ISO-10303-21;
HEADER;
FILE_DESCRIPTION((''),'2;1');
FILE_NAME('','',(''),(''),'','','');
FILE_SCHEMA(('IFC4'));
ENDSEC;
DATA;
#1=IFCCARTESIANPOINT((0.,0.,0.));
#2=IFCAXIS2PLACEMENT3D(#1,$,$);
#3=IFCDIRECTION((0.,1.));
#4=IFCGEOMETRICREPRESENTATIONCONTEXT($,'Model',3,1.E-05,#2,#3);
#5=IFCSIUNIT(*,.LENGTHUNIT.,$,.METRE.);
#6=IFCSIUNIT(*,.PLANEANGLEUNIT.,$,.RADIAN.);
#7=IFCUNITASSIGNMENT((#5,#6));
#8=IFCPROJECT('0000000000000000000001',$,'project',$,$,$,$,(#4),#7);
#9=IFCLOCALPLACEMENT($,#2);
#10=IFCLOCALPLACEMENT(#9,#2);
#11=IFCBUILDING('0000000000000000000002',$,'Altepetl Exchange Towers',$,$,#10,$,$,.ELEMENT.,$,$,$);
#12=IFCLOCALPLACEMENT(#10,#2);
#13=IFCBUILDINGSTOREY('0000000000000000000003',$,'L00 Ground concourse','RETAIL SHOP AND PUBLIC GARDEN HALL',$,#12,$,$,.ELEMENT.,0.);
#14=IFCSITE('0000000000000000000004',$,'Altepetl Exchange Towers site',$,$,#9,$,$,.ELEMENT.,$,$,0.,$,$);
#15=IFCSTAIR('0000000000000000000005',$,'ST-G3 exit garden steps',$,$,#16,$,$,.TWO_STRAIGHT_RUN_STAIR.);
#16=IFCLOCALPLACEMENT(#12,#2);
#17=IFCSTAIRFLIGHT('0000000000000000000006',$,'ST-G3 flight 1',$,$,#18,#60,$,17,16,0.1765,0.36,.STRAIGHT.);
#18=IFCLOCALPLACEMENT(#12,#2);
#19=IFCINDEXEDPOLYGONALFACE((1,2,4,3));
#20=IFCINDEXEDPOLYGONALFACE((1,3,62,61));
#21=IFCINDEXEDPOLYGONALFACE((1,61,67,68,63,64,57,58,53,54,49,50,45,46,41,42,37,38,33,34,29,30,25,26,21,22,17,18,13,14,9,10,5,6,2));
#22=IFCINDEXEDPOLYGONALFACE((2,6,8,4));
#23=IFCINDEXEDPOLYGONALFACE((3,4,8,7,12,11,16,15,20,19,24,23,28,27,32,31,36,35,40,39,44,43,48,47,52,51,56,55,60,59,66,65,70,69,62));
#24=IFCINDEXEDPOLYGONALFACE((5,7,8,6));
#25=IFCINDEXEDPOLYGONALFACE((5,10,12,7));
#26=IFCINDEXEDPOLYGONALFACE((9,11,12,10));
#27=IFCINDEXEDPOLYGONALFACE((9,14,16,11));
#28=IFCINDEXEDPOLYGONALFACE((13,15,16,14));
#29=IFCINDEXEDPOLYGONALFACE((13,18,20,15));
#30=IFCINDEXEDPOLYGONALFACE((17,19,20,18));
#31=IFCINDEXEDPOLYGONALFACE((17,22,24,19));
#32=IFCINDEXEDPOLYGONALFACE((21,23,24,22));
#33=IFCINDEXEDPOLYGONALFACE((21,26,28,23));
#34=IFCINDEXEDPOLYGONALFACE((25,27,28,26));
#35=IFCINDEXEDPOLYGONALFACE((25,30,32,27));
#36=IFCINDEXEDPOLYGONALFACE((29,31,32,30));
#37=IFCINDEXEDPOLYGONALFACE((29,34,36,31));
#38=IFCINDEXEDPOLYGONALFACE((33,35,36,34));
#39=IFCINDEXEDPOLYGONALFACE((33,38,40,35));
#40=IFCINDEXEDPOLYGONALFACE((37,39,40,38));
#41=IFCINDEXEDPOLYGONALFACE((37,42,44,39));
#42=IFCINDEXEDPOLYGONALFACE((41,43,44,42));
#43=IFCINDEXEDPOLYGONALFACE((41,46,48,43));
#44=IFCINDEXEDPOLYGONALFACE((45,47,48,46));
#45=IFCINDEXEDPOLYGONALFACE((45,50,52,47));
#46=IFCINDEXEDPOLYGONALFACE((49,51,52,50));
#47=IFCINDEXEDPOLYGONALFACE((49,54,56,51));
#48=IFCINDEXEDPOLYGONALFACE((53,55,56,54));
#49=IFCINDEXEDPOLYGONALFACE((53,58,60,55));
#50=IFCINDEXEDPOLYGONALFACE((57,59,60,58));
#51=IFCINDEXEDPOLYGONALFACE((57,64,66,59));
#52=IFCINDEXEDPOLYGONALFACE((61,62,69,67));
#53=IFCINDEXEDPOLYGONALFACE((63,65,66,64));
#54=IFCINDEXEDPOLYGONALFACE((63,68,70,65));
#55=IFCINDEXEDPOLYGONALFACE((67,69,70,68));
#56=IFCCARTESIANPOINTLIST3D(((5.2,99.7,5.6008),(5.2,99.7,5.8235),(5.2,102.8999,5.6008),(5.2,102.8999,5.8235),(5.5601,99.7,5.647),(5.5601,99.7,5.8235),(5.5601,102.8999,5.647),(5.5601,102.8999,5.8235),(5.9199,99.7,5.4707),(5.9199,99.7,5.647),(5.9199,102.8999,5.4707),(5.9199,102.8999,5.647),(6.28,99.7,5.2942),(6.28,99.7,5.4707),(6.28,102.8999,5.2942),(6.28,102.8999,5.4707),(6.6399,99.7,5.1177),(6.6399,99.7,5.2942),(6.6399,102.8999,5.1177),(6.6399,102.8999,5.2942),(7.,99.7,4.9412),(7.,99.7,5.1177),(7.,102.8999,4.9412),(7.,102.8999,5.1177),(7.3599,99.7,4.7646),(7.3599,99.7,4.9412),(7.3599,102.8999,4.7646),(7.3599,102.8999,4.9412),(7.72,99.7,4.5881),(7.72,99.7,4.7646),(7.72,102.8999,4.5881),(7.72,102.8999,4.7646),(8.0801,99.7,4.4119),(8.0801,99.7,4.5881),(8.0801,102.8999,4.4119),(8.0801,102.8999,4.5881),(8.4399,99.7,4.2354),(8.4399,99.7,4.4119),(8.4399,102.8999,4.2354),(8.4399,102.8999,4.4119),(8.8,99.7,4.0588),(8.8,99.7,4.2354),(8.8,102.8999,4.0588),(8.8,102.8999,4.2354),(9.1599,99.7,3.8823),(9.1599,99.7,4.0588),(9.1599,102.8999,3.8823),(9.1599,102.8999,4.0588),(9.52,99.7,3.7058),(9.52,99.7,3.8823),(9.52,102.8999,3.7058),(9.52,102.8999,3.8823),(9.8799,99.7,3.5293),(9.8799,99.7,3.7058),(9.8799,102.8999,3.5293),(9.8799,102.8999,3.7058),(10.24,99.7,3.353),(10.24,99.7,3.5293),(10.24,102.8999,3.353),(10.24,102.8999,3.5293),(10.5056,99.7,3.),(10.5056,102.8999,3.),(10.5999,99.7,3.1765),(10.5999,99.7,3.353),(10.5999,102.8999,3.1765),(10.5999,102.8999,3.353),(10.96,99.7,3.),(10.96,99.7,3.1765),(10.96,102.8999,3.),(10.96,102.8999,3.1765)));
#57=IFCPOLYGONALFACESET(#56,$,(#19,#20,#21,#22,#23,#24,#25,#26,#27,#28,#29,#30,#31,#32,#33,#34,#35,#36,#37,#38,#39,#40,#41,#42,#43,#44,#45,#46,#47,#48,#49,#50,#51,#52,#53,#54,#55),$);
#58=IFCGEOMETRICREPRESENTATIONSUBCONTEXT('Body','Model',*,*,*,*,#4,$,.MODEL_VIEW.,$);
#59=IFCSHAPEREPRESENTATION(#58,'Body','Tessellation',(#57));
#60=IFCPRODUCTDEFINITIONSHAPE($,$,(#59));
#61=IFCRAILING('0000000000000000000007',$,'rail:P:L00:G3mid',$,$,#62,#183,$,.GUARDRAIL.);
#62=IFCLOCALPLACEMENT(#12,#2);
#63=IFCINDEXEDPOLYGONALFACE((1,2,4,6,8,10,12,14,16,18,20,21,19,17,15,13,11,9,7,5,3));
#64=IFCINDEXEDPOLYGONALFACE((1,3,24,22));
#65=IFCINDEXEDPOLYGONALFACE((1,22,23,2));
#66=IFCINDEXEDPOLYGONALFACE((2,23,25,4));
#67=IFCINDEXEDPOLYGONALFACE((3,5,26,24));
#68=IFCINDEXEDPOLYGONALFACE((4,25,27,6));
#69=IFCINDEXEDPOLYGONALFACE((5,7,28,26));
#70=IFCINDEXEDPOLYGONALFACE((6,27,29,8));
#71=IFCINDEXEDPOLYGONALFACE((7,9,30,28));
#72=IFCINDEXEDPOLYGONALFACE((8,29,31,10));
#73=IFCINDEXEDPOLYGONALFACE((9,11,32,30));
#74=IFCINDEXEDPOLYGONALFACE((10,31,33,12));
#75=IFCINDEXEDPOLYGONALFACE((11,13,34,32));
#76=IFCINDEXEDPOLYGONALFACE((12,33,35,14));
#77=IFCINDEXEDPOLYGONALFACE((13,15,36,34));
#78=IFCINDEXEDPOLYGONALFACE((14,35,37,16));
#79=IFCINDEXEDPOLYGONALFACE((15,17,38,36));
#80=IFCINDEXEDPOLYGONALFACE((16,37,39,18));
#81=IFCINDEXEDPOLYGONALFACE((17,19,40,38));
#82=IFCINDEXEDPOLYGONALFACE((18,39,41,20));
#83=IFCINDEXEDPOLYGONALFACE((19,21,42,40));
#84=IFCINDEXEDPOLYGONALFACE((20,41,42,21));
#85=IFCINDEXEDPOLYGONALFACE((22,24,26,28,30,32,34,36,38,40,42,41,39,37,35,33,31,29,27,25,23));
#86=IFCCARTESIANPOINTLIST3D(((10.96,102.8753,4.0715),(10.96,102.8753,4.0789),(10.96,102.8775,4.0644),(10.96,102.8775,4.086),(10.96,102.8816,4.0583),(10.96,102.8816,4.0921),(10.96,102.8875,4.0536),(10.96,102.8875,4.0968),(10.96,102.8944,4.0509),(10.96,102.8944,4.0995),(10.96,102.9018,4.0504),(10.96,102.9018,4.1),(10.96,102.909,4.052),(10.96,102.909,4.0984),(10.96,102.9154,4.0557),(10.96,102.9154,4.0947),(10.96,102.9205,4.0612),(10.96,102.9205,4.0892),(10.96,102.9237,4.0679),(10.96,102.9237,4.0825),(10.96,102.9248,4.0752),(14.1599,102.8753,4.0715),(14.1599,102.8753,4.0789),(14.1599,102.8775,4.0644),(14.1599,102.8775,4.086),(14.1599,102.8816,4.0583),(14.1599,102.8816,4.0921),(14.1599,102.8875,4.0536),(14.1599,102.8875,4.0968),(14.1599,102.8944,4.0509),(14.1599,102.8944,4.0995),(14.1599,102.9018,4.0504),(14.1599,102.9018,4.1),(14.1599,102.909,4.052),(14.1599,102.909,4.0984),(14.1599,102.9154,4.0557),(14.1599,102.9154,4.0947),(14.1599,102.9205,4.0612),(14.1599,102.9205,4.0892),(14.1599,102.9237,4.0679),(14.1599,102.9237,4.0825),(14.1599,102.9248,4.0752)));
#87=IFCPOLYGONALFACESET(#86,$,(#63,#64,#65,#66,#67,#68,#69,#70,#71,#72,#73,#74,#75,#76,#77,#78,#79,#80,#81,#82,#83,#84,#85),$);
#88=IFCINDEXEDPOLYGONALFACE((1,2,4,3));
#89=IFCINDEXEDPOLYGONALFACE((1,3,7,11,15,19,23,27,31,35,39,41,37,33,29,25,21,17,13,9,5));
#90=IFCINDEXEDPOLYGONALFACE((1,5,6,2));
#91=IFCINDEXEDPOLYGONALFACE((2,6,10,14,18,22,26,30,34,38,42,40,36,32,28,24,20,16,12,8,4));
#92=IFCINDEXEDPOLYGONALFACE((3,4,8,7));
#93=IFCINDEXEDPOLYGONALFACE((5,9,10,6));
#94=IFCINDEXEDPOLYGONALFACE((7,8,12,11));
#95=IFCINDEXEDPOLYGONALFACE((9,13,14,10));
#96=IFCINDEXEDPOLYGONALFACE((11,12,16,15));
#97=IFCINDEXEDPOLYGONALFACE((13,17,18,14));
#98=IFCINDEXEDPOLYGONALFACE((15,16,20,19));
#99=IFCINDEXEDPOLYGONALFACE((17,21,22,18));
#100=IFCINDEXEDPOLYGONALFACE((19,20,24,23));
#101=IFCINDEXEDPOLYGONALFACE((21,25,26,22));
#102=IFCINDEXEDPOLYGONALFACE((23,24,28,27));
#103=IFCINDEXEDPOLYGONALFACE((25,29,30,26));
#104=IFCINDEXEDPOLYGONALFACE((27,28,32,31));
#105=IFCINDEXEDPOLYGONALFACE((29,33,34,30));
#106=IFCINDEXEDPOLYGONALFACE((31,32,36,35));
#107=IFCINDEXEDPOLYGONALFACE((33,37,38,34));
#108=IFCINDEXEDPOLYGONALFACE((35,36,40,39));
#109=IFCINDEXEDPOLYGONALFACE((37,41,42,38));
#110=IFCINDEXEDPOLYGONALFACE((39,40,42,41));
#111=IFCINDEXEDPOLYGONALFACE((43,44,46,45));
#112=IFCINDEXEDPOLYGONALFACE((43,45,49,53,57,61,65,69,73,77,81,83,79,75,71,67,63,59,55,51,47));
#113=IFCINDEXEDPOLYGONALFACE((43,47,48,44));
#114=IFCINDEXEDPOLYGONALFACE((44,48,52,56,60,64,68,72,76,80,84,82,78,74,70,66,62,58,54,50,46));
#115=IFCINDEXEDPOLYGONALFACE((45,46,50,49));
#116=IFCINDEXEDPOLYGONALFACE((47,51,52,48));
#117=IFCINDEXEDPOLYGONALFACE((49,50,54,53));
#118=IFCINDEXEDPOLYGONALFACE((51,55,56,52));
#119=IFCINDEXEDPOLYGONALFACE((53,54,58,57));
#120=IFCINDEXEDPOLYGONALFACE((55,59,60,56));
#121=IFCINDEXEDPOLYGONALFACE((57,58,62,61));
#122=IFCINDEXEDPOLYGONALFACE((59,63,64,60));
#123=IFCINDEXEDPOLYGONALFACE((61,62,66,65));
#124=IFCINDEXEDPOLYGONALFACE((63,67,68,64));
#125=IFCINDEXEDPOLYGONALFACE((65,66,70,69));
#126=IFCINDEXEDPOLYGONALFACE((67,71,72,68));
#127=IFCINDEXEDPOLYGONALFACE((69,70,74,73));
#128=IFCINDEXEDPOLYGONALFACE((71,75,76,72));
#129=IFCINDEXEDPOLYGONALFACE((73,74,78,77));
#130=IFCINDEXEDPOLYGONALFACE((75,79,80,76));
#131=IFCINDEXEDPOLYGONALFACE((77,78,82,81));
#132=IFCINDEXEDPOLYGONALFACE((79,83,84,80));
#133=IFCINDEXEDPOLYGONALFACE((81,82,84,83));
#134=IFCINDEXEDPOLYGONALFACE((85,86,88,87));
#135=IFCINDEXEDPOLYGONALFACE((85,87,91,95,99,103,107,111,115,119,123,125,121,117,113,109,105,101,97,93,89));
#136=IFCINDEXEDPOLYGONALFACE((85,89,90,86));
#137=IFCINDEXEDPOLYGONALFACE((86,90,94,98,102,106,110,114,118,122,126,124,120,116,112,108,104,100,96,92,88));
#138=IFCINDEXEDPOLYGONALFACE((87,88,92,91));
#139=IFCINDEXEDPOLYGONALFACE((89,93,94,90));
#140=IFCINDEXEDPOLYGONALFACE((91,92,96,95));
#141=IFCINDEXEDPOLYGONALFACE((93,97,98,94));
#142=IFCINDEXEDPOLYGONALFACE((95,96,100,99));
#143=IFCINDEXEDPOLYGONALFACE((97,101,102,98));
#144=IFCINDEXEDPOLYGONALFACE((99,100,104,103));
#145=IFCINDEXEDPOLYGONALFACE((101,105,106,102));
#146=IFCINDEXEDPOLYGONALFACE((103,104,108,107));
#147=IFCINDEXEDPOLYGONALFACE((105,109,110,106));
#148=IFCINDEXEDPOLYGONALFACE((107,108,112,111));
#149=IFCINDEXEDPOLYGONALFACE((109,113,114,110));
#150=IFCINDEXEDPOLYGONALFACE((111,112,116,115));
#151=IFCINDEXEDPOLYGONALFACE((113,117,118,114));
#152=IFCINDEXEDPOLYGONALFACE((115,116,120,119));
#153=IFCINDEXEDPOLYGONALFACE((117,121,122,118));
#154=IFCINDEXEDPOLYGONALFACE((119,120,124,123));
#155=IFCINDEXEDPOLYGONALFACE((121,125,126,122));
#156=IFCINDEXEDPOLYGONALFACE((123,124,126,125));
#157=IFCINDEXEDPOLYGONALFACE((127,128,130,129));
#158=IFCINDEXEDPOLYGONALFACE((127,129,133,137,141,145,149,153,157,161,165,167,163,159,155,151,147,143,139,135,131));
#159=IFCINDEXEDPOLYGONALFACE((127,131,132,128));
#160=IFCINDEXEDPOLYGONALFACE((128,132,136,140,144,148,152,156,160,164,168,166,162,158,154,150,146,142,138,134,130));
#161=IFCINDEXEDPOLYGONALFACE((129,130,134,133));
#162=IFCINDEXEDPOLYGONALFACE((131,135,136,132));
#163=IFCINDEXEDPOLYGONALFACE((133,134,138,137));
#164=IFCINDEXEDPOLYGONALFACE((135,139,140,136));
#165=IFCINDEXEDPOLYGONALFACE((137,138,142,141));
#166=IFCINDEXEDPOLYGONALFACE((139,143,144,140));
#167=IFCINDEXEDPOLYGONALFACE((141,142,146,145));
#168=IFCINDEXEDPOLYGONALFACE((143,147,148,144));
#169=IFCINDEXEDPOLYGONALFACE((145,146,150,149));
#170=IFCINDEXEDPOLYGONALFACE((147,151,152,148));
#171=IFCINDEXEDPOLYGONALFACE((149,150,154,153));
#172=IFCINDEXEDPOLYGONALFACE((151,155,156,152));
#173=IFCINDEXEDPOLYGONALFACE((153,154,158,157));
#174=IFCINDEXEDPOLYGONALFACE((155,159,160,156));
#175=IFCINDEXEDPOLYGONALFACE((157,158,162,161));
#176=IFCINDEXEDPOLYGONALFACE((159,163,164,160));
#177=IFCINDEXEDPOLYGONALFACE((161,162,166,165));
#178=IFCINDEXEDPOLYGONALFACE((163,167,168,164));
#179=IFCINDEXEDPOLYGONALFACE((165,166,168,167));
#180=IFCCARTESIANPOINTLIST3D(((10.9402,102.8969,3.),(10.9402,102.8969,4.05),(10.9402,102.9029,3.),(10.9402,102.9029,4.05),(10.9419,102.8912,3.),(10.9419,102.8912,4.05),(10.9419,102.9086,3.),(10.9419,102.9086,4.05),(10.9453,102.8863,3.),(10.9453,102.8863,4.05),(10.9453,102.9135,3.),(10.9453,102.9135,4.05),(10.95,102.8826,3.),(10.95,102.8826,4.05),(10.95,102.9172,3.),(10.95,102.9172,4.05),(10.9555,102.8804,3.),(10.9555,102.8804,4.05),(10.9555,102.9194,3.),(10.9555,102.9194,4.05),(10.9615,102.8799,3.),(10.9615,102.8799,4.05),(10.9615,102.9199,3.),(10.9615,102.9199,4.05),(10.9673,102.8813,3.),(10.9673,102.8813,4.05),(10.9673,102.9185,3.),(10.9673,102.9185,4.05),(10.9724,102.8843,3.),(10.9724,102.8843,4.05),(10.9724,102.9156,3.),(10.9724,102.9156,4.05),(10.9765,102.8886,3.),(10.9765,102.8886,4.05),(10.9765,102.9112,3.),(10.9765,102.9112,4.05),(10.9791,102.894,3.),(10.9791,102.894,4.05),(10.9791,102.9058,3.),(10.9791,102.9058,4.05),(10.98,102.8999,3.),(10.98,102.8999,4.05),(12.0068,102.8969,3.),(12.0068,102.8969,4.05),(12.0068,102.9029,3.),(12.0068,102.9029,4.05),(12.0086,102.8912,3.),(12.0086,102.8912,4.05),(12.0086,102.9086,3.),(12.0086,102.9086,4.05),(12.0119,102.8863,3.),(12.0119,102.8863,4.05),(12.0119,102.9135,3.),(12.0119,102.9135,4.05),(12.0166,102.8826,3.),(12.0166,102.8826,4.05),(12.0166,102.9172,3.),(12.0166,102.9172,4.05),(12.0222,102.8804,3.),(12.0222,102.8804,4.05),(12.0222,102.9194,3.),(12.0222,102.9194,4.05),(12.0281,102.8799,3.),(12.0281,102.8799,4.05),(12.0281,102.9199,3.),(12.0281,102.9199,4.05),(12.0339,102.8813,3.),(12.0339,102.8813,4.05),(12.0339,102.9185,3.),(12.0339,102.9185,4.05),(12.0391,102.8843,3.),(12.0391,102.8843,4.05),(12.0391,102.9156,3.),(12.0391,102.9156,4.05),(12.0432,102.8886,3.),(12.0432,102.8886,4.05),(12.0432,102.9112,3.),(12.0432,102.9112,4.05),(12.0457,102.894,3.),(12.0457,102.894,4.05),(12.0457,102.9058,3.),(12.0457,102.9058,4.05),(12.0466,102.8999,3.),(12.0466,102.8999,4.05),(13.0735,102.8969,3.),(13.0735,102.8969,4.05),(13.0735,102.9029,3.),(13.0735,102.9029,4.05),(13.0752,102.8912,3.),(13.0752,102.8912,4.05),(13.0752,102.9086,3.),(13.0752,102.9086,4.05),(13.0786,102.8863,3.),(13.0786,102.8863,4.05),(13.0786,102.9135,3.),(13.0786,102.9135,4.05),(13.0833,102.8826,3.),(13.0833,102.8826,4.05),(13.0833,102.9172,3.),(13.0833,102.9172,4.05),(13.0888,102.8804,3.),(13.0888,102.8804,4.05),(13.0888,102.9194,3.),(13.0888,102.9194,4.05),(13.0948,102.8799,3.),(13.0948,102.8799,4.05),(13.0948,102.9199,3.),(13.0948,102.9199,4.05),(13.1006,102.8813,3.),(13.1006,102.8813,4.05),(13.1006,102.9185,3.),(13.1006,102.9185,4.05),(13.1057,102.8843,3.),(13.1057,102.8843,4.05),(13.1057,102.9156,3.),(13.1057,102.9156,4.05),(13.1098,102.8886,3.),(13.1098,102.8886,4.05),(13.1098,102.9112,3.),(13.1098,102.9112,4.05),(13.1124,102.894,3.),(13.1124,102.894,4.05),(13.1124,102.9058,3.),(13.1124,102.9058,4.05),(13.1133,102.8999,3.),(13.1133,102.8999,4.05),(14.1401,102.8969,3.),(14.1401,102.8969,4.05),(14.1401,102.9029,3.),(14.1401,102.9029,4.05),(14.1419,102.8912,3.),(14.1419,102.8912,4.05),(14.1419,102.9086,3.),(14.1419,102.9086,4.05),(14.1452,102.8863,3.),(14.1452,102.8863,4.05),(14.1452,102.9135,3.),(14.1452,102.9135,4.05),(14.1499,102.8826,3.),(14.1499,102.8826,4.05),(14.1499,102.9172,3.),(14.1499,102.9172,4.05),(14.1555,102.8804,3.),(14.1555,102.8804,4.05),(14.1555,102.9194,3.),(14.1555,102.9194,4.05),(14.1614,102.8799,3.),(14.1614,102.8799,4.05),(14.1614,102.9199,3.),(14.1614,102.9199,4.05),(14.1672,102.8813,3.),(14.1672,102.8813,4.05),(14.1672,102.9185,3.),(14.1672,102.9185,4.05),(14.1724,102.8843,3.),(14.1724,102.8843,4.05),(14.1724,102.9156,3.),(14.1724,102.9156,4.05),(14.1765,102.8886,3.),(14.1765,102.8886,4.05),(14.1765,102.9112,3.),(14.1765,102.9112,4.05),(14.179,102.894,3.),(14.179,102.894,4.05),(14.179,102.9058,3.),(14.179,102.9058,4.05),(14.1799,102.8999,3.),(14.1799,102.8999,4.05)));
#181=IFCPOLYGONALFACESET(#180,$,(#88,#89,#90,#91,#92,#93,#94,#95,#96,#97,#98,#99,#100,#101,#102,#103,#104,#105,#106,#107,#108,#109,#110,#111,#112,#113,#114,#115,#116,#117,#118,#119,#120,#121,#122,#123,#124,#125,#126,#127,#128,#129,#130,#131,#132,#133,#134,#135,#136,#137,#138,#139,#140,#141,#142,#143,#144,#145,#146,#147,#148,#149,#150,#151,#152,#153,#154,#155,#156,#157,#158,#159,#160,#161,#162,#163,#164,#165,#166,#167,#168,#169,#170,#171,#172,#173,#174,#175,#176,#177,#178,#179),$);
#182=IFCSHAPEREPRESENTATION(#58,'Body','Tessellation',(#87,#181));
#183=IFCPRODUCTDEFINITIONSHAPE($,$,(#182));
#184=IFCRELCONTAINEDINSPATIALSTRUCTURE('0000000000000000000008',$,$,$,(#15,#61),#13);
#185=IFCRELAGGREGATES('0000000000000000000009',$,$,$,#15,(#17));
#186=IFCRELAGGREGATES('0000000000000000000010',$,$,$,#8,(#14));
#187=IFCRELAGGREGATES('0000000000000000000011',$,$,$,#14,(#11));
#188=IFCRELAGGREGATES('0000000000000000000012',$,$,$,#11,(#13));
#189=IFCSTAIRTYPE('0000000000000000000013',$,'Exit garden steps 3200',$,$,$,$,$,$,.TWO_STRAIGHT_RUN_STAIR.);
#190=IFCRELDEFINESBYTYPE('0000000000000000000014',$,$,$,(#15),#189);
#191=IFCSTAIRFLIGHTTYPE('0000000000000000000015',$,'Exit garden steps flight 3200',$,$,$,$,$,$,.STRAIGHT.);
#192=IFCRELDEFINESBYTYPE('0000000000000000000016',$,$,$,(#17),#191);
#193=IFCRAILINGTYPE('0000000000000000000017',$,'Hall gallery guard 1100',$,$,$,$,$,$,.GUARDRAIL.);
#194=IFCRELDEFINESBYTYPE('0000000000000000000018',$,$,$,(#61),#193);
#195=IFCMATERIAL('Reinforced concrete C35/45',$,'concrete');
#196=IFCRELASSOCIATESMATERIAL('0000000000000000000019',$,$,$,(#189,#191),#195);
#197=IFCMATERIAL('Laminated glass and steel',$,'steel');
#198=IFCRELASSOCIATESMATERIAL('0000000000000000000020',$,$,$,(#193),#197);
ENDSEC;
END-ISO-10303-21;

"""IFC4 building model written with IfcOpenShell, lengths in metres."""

from ifc_helpers import new_model, si_unit, direction, frame, origin, origin_2d, place, context, subcontext, project, spatial, polyline, circle, outline, extrude, source, transform, mapped, material, type_object, element, aggregate, save


model = new_model("IFC4")

# Units and contexts
model_context = context("Model", 3, precision=1e-05, world=origin(), true_north=direction((0.0, 1.0)))
body_context = subcontext(model_context, "Body", "Model", "MODEL_VIEW")
ifc_project = project(units=[si_unit("LENGTHUNIT", "METRE"), si_unit("PLANEANGLEUNIT", "RADIAN")], contexts=[model_context])

# Site, building, storey
site_placement = place(None, origin())
site = spatial("IfcSite", under=ifc_project, at=site_placement, Name="Altepetl Exchange Towers site", CompositionType="ELEMENT", RefElevation=0.0)
building_placement = place(site_placement, origin())
building = spatial("IfcBuilding", under=site, at=building_placement, Name="Altepetl Exchange Towers", CompositionType="ELEMENT")
storey_placement = place(building_placement, origin())
storey = spatial("IfcBuildingStorey", under=building, at=storey_placement, Name="L00 Ground concourse", Description="RETAIL SHOP AND PUBLIC GARDEN HALL", CompositionType="ELEMENT", Elevation=0.0)

# Stair, stair flight
ifc_material_1 = material(Name="Reinforced concrete C35/45", Category="concrete")
stair_type = type_object("IfcStairType", Name="Exit garden steps 3200", PredefinedType="TWO_STRAIGHT_RUN_STAIR", material=ifc_material_1)
stair_placement = place(storey_placement, origin())
stair = element("IfcStair", 1, at=stair_placement, inside=storey, type_object=stair_type, Name="ST-G3 exit garden steps", PredefinedType="TWO_STRAIGHT_RUN_STAIR")
stair_flight_type = type_object("IfcStairFlightType", Name="Exit garden steps flight 3200", PredefinedType="STRAIGHT", material=ifc_material_1)
stair_flight_placement = place(storey_placement, frame((10.96, 101.3, 3.0), z_axis=(0.0, 0.0, 1.0), x_axis=(-1.0, 0.0, 0.0)))
stair_flight = element("IfcStairFlight", 2, at=stair_flight_placement, type_object=stair_flight_type, Name="ST-G3 flight 1", NumberOfRisers=17, NumberOfTreads=16, PredefinedType="STRAIGHT", RiserHeight=0.1765, TreadLength=0.36, context=body_context, shape_type="SweptSolid", body=[
    extrude(outline(polyline([(0.0, 0.0), (0.0, 0.1765), (0.3601, 0.1765), (0.3601, 0.353), (0.72, 0.353), (0.72, 0.5293), (1.0801, 0.5293), (1.0801, 0.7058), (1.4399, 0.7058), (1.4399, 0.8823), (1.8, 0.8823), (1.8, 1.0588), (2.1599, 1.0588), (2.1599, 1.2354), (2.52, 1.2354), (2.52, 1.4119), (2.8799, 1.4119), (2.8799, 1.5881), (3.24, 1.5881), (3.24, 1.7646), (3.6001, 1.7646), (3.6001, 1.9412), (3.96, 1.9412), (3.96, 2.1177), (4.3201, 2.1177), (4.3201, 2.2942), (4.6799, 2.2942), (4.6799, 2.4707), (5.04, 2.4707), (5.04, 2.647), (5.3999, 2.647), (5.3999, 2.8235), (5.76, 2.8235), (5.76, 3.0), (5.76, 2.6008), (0.4543, 0.0), (0.0, 0.0)])), frame((0.0, 1.6001, 0.0), z_axis=(0.0, -1.0, 0.0), x_axis=(1.0, 0.0, 0.0)), (0.0, 0.0, 1.0), 3.2),
])
aggregate(stair, [stair_flight])

# Railing
ifc_material_2 = material(Name="Laminated glass and steel", Category="steel")
railing_type_1 = type_object("IfcRailingType", Name="Hall gallery guard 1100", PredefinedType="GUARDRAIL", material=ifc_material_2)
shared_shape_1 = source(origin(), body_context, "Body", "SweptSolid", [
    extrude(circle(Radius=0.02, at=origin_2d()), origin(), (0.0, 0.0, 1.0), 1.05),
])
for number, where, name in (
    (3, (10.96, 102.8999, 3.0), "rail:P:L00:G3mid"),
):
    element("IfcRailing", number, at=place(storey_placement, frame(where)), inside=storey, type_object=railing_type_1, Name=name, PredefinedType="GUARDRAIL", context=body_context, shape_type="SweptSolid", body=[
        extrude(circle(Radius=0.0249, at=origin_2d()), frame((0.0, 0.0, 1.0752), z_axis=(1.0, 0.0, 0.0), x_axis=(0.0, 1.0, 0.0)), (0.0, 0.0, 1.0), 3.2),
        mapped(shared_shape_1, transform((0.0, 0.0, 0.0))),
        mapped(shared_shape_1, transform((1.0667, 0.0, 0.0))),
        mapped(shared_shape_1, transform((2.1333, 0.0, 0.0))),
        mapped(shared_shape_1, transform((3.2, 0.0, 0.0))),
    ])

save(model, "model.ifc")
